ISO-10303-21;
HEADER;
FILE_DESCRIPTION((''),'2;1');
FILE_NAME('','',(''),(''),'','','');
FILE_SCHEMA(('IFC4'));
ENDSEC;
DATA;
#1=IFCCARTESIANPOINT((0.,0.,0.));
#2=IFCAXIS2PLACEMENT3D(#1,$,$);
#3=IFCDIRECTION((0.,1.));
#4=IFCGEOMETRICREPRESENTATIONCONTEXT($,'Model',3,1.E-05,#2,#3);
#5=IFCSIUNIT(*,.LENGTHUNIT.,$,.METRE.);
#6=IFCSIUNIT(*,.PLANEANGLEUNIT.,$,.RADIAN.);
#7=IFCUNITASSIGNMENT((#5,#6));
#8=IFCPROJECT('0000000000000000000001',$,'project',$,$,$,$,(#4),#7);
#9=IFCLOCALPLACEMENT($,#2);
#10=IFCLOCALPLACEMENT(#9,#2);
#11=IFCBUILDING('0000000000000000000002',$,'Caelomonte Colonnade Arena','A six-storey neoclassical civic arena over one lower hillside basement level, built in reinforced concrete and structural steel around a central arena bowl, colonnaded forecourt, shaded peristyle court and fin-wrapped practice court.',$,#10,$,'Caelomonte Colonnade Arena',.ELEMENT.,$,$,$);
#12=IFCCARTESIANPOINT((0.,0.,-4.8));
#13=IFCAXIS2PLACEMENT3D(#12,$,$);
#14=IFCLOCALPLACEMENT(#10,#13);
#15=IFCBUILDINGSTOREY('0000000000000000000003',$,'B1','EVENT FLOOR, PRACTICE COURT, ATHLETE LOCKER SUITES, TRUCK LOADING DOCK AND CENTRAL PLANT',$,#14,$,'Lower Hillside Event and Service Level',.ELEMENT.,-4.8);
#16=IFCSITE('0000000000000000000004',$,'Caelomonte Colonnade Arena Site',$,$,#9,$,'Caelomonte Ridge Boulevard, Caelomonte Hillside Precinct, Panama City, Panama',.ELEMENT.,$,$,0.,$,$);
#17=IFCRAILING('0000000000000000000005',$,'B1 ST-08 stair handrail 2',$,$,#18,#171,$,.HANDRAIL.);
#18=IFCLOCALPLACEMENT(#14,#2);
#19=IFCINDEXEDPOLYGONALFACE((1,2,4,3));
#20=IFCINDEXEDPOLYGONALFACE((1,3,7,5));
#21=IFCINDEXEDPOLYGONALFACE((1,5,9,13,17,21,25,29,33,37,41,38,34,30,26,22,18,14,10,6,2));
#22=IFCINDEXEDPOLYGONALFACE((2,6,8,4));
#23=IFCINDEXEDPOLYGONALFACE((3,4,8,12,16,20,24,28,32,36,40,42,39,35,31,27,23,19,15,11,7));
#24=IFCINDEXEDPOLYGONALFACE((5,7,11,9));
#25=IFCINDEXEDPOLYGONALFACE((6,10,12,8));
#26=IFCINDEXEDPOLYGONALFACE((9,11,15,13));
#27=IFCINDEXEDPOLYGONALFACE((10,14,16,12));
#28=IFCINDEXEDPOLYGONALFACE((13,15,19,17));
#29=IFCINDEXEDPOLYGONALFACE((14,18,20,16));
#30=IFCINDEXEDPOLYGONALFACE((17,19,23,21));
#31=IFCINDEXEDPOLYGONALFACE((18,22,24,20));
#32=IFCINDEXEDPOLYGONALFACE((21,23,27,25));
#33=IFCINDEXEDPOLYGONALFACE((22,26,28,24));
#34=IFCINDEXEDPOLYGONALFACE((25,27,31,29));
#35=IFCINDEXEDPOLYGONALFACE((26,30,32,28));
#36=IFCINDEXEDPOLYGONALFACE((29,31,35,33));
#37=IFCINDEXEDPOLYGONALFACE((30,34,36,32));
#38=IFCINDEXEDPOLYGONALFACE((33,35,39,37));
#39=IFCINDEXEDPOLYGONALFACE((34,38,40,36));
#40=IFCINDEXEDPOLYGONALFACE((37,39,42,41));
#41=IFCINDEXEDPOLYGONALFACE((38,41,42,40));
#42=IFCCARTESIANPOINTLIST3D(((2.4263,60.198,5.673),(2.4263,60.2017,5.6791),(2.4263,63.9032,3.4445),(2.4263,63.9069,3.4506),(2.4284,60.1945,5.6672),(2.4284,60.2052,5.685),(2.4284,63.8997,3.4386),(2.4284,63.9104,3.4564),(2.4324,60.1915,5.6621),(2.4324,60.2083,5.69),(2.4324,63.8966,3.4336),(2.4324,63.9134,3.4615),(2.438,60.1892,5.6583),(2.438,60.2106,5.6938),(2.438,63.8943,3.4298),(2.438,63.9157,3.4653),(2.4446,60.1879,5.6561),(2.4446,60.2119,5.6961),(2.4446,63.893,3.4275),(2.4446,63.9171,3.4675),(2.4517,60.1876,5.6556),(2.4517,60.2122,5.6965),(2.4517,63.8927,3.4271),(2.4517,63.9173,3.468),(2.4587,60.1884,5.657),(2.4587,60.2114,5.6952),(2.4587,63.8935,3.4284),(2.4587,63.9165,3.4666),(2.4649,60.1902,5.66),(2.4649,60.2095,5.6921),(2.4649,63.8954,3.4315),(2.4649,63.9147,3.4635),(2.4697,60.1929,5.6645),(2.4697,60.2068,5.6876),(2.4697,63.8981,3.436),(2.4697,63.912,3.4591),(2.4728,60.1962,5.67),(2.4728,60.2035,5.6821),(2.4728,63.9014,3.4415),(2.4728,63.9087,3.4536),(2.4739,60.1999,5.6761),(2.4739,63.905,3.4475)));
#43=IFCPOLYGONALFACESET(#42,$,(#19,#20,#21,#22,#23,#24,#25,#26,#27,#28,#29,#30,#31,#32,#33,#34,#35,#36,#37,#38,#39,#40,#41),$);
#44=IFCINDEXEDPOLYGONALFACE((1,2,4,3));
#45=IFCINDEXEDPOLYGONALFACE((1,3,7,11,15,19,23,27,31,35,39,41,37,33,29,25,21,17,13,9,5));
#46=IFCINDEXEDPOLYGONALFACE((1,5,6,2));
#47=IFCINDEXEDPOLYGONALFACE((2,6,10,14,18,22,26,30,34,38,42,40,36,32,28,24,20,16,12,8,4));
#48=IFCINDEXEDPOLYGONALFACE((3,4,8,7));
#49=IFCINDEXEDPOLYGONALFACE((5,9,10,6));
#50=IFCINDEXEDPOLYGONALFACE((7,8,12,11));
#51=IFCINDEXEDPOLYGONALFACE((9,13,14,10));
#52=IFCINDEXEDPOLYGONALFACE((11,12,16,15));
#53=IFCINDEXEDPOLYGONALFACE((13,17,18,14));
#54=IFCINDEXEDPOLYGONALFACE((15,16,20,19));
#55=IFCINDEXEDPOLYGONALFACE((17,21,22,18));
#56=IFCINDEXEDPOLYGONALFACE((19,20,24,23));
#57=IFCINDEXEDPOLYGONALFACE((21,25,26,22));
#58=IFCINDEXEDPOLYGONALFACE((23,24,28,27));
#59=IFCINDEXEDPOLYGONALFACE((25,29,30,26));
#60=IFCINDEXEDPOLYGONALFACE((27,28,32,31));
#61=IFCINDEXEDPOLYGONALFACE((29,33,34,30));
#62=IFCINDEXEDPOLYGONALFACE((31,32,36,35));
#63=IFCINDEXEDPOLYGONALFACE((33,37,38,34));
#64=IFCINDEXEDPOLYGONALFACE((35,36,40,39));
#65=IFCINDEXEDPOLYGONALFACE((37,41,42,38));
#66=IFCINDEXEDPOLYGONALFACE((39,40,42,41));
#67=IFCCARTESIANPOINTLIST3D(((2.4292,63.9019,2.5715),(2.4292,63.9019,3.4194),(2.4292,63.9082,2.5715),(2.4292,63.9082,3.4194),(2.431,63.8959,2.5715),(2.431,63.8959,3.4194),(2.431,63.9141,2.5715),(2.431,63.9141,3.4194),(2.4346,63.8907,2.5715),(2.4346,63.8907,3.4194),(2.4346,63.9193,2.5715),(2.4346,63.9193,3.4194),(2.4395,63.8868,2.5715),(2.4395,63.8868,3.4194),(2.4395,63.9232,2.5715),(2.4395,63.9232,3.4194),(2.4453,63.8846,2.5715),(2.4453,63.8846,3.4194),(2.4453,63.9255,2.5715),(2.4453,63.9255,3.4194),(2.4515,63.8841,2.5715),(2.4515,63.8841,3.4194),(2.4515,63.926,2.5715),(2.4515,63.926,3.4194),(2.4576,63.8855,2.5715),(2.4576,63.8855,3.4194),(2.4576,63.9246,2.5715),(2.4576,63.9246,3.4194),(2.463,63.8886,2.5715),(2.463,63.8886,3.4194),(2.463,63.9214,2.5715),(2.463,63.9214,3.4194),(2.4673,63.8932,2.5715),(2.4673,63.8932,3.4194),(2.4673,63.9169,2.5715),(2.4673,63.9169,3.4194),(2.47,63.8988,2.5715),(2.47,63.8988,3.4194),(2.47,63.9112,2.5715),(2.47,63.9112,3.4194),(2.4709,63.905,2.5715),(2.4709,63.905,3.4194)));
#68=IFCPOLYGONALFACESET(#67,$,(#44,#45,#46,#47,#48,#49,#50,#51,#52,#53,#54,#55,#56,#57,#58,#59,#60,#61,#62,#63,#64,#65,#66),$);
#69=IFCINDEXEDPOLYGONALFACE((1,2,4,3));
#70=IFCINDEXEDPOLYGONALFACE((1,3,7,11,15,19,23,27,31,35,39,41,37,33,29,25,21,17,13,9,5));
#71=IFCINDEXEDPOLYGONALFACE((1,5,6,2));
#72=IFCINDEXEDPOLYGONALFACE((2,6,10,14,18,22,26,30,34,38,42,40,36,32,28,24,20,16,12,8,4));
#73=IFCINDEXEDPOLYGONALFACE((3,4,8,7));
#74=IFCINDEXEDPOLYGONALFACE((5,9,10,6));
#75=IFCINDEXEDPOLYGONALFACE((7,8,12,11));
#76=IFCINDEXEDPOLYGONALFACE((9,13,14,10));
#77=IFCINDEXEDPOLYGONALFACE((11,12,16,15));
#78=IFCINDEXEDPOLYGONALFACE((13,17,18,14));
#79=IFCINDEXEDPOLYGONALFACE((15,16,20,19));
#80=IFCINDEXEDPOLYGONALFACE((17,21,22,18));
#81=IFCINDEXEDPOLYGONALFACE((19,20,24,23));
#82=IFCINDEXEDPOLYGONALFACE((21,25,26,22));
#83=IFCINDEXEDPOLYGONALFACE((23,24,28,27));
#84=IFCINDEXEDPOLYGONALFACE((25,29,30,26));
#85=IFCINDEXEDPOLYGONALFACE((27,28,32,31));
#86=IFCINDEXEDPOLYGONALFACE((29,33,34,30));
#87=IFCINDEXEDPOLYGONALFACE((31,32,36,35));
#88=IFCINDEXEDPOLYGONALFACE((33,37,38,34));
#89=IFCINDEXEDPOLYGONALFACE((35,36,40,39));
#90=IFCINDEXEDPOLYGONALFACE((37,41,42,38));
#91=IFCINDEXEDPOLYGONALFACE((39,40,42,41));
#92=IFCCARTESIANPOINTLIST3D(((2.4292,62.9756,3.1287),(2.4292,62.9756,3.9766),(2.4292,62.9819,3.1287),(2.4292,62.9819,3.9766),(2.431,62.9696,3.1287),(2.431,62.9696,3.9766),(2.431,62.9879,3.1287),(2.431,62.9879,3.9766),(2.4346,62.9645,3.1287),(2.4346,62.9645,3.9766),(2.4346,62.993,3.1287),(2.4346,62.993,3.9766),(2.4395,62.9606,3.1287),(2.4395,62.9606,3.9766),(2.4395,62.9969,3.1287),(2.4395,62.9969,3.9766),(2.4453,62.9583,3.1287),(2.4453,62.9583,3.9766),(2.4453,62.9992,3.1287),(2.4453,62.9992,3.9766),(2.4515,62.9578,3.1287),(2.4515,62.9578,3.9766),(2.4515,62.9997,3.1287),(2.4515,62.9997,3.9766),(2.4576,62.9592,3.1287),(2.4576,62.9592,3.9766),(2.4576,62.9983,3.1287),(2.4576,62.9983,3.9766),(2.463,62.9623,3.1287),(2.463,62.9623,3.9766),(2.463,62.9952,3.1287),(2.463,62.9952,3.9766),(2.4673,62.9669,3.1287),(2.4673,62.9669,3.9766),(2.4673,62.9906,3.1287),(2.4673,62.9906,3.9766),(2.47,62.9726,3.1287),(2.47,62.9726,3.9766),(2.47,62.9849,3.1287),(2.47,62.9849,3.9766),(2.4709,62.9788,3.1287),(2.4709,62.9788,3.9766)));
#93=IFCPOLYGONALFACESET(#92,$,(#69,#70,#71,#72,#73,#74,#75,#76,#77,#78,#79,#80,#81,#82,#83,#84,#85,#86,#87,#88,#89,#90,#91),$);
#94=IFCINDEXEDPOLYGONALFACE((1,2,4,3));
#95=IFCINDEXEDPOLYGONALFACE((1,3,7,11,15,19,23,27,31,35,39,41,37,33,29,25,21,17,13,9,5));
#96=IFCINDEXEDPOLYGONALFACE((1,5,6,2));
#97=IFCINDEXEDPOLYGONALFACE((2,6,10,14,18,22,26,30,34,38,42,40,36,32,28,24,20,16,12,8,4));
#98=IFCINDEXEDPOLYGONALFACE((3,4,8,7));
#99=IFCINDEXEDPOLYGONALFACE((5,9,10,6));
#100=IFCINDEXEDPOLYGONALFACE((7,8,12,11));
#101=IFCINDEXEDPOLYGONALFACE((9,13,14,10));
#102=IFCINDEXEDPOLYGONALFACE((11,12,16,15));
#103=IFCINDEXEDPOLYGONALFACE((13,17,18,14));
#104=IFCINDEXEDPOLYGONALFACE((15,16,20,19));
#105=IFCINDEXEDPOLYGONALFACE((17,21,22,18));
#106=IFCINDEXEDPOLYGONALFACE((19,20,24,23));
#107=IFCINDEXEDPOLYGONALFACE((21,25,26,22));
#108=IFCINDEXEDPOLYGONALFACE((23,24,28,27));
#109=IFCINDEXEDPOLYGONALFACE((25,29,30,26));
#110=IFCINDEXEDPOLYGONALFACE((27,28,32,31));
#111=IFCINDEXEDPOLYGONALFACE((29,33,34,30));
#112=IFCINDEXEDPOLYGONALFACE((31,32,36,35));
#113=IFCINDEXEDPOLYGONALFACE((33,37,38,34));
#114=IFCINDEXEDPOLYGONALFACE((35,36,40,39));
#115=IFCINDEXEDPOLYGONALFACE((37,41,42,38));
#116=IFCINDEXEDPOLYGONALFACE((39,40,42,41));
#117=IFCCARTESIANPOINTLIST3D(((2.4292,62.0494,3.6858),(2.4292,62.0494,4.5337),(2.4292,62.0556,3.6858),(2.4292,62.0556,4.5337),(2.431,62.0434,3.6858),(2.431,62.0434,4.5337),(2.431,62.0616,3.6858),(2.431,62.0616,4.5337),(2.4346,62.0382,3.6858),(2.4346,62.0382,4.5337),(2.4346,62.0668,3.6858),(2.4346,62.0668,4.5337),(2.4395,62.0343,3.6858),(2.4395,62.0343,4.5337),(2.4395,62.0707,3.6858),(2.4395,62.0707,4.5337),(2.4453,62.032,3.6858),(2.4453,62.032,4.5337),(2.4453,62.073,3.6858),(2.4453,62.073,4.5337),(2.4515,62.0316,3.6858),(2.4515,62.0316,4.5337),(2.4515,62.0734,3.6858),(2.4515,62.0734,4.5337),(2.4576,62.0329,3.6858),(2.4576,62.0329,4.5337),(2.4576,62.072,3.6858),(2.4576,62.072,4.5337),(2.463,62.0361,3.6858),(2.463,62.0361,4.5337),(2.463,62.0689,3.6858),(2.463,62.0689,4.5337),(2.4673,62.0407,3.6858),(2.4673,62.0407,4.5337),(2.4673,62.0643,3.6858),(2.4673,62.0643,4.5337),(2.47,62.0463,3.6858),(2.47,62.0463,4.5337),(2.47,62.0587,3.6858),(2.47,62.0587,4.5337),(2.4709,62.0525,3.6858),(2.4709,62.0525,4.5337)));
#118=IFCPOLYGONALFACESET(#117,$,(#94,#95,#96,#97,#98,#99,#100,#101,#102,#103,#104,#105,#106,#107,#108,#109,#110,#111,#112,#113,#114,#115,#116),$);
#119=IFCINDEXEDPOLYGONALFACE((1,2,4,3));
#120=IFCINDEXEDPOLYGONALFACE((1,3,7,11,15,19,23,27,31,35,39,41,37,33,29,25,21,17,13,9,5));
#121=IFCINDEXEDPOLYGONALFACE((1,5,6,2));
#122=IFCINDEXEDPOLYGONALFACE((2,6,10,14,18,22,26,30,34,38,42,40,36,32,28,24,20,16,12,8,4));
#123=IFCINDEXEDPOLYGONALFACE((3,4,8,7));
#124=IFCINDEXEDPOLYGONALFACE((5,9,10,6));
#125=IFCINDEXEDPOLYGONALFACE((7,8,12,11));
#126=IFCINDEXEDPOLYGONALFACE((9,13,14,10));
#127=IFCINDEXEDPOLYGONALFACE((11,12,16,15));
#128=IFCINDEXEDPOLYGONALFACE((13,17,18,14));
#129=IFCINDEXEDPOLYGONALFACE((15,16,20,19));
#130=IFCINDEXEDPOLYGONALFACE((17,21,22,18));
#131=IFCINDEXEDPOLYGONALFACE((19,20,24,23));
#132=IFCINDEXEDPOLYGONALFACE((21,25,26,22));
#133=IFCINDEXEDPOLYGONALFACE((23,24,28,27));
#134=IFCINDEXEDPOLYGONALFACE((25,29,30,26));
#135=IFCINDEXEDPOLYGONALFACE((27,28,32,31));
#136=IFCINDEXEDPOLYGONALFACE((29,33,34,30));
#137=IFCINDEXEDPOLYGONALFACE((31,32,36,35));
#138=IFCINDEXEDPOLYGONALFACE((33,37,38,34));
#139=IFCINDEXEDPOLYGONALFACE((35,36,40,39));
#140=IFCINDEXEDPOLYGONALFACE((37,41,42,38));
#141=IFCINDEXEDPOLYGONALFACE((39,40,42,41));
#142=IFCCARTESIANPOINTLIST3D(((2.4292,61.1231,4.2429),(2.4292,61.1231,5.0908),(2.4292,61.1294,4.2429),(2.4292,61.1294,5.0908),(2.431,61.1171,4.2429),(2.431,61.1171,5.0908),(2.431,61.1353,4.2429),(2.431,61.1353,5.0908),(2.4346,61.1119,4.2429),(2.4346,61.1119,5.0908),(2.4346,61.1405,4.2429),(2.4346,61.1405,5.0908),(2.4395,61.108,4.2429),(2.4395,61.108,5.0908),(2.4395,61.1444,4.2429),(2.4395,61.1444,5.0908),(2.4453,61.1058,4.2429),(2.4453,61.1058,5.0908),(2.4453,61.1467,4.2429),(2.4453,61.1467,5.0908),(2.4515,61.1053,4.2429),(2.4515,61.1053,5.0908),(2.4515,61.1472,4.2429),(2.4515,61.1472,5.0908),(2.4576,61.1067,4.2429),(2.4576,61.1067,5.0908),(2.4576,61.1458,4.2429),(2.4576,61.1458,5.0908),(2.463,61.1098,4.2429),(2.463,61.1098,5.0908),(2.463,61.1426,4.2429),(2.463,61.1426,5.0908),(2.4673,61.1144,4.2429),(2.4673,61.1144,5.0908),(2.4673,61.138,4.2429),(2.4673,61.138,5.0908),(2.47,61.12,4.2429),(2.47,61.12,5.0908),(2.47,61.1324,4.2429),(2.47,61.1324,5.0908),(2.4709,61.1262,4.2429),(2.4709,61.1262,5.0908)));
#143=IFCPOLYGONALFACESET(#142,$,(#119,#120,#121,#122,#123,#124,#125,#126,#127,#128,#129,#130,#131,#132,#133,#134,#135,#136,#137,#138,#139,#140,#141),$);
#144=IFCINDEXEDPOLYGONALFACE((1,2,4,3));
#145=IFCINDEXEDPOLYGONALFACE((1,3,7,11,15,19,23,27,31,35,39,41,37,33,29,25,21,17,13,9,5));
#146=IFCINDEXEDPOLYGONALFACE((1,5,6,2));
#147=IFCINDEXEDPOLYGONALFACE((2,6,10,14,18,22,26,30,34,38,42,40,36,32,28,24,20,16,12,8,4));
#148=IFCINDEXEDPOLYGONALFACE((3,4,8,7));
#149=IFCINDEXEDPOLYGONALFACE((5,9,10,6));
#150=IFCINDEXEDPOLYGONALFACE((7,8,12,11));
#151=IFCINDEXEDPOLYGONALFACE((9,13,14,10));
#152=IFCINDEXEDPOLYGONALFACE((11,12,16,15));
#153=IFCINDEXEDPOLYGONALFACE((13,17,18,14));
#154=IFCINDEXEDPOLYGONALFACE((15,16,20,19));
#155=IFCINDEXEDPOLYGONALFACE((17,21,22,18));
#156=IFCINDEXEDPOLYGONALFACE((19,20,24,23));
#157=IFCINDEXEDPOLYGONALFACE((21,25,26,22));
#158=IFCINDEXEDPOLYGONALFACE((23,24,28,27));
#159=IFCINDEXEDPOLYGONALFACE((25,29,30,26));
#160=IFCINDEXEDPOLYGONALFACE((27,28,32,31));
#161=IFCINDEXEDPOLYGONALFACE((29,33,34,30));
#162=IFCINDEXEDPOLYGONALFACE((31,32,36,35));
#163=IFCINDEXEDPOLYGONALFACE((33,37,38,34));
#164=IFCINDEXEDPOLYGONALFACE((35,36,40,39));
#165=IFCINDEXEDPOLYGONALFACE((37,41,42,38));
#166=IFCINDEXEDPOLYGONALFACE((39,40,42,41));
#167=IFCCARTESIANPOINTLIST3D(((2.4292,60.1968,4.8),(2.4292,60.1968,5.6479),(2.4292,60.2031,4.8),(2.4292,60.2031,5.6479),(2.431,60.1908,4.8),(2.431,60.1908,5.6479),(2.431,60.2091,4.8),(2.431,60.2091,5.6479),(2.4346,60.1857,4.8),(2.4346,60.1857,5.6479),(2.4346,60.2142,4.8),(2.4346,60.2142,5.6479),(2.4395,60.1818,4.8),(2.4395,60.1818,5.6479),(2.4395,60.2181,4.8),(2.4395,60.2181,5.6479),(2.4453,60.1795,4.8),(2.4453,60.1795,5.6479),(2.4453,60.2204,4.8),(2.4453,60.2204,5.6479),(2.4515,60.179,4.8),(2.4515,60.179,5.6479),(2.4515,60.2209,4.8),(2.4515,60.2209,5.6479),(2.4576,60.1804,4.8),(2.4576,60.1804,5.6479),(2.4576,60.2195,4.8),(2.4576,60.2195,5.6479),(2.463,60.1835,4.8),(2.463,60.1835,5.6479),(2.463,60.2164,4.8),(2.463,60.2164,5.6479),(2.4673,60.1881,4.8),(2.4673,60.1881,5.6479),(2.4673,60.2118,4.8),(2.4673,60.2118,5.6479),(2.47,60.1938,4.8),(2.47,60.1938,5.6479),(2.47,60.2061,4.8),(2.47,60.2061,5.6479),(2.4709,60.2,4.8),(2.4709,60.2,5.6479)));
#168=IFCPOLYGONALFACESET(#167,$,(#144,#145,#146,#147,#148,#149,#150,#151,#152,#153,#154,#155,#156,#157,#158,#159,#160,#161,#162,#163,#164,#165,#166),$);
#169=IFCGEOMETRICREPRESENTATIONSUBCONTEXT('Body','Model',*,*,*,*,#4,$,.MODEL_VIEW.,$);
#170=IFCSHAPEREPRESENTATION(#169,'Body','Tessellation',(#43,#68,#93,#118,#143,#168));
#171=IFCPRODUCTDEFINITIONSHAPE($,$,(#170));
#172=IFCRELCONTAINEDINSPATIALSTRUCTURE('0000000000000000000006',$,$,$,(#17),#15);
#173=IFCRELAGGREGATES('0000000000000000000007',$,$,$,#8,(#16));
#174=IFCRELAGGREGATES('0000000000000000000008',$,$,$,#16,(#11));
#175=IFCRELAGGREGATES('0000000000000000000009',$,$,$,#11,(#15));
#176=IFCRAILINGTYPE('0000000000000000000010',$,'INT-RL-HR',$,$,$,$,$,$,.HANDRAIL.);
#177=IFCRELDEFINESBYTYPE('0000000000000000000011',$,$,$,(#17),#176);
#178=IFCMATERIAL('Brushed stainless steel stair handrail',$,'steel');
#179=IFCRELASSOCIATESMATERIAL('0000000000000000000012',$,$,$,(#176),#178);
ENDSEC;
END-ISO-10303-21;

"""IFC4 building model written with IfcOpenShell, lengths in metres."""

from ifc_helpers import new_model, si_unit, direction, frame, origin, origin_2d, place, context, subcontext, project, spatial, circle, extrude, material, type_object, element, save


model = new_model("IFC4")

# Units and contexts
model_context = context("Model", 3, precision=1e-05, world=origin(), true_north=direction((0.0, 1.0)))
body_context = subcontext(model_context, "Body", "Model", "MODEL_VIEW")
ifc_project = project(units=[si_unit("LENGTHUNIT", "METRE"), si_unit("PLANEANGLEUNIT", "RADIAN")], contexts=[model_context])

# Site, building, storey
site_placement = place(None, origin())
site = spatial("IfcSite", under=ifc_project, at=site_placement, Name="Caelomonte Colonnade Arena Site", LongName="Caelomonte Ridge Boulevard, Caelomonte Hillside Precinct, Panama City, Panama", CompositionType="ELEMENT", RefElevation=0.0)
building_placement = place(site_placement, origin())
building = spatial("IfcBuilding", under=site, at=building_placement, Name="Caelomonte Colonnade Arena", Description="A six-storey neoclassical civic arena over one lower hillside basement level, built in reinforced concrete and structural steel around a central arena bowl, colonnaded forecourt, shaded peristyle court and fin-wrapped practice court.", LongName="Caelomonte Colonnade Arena", CompositionType="ELEMENT")
storey_placement = place(building_placement, frame((0.0, 0.0, -4.8)))
storey = spatial("IfcBuildingStorey", under=building, at=storey_placement, Name="B1", Description="EVENT FLOOR, PRACTICE COURT, ATHLETE LOCKER SUITES, TRUCK LOADING DOCK AND CENTRAL PLANT", LongName="Lower Hillside Event and Service Level", CompositionType="ELEMENT", Elevation=-4.8)

# Railing
ifc_material_1 = material(Name="Brushed stainless steel stair handrail", Category="steel")
railing_type_1 = type_object("IfcRailingType", Name="INT-RL-HR", PredefinedType="HANDRAIL", material=ifc_material_1)
railing_1_placement = place(storey_placement, frame((2.45, 63.905, 2.5715)))
element("IfcRailing", 1, at=railing_1_placement, inside=storey, type_object=railing_type_1, Name="B1 ST-08 stair handrail 2", PredefinedType="HANDRAIL", context=body_context, shape_type="SweptSolid", body=[
    extrude(circle(Radius=0.0239, at=origin_2d()), frame((0.0, 0.0, 0.876), z_axis=(0.0, -0.856934, 0.515425), x_axis=(1.0, 0.0, 0.0)), (0.0, 0.0, 1.0), 4.3237),
    extrude(circle(Radius=0.021, at=origin_2d()), origin(), (0.0, 0.0, 1.0), 0.8479),
    extrude(circle(Radius=0.021, at=origin_2d()), frame((0.0, -0.9263, 0.5571)), (0.0, 0.0, 1.0), 0.8479),
    extrude(circle(Radius=0.021, at=origin_2d()), frame((0.0, -1.8525, 1.1143)), (0.0, 0.0, 1.0), 0.8479),
    extrude(circle(Radius=0.021, at=origin_2d()), frame((0.0, -2.7788, 1.6714)), (0.0, 0.0, 1.0), 0.8479),
    extrude(circle(Radius=0.021, at=origin_2d()), frame((0.0, -3.7051, 2.2285)), (0.0, 0.0, 1.0), 0.8479),
])

save(model, "model.ifc")
